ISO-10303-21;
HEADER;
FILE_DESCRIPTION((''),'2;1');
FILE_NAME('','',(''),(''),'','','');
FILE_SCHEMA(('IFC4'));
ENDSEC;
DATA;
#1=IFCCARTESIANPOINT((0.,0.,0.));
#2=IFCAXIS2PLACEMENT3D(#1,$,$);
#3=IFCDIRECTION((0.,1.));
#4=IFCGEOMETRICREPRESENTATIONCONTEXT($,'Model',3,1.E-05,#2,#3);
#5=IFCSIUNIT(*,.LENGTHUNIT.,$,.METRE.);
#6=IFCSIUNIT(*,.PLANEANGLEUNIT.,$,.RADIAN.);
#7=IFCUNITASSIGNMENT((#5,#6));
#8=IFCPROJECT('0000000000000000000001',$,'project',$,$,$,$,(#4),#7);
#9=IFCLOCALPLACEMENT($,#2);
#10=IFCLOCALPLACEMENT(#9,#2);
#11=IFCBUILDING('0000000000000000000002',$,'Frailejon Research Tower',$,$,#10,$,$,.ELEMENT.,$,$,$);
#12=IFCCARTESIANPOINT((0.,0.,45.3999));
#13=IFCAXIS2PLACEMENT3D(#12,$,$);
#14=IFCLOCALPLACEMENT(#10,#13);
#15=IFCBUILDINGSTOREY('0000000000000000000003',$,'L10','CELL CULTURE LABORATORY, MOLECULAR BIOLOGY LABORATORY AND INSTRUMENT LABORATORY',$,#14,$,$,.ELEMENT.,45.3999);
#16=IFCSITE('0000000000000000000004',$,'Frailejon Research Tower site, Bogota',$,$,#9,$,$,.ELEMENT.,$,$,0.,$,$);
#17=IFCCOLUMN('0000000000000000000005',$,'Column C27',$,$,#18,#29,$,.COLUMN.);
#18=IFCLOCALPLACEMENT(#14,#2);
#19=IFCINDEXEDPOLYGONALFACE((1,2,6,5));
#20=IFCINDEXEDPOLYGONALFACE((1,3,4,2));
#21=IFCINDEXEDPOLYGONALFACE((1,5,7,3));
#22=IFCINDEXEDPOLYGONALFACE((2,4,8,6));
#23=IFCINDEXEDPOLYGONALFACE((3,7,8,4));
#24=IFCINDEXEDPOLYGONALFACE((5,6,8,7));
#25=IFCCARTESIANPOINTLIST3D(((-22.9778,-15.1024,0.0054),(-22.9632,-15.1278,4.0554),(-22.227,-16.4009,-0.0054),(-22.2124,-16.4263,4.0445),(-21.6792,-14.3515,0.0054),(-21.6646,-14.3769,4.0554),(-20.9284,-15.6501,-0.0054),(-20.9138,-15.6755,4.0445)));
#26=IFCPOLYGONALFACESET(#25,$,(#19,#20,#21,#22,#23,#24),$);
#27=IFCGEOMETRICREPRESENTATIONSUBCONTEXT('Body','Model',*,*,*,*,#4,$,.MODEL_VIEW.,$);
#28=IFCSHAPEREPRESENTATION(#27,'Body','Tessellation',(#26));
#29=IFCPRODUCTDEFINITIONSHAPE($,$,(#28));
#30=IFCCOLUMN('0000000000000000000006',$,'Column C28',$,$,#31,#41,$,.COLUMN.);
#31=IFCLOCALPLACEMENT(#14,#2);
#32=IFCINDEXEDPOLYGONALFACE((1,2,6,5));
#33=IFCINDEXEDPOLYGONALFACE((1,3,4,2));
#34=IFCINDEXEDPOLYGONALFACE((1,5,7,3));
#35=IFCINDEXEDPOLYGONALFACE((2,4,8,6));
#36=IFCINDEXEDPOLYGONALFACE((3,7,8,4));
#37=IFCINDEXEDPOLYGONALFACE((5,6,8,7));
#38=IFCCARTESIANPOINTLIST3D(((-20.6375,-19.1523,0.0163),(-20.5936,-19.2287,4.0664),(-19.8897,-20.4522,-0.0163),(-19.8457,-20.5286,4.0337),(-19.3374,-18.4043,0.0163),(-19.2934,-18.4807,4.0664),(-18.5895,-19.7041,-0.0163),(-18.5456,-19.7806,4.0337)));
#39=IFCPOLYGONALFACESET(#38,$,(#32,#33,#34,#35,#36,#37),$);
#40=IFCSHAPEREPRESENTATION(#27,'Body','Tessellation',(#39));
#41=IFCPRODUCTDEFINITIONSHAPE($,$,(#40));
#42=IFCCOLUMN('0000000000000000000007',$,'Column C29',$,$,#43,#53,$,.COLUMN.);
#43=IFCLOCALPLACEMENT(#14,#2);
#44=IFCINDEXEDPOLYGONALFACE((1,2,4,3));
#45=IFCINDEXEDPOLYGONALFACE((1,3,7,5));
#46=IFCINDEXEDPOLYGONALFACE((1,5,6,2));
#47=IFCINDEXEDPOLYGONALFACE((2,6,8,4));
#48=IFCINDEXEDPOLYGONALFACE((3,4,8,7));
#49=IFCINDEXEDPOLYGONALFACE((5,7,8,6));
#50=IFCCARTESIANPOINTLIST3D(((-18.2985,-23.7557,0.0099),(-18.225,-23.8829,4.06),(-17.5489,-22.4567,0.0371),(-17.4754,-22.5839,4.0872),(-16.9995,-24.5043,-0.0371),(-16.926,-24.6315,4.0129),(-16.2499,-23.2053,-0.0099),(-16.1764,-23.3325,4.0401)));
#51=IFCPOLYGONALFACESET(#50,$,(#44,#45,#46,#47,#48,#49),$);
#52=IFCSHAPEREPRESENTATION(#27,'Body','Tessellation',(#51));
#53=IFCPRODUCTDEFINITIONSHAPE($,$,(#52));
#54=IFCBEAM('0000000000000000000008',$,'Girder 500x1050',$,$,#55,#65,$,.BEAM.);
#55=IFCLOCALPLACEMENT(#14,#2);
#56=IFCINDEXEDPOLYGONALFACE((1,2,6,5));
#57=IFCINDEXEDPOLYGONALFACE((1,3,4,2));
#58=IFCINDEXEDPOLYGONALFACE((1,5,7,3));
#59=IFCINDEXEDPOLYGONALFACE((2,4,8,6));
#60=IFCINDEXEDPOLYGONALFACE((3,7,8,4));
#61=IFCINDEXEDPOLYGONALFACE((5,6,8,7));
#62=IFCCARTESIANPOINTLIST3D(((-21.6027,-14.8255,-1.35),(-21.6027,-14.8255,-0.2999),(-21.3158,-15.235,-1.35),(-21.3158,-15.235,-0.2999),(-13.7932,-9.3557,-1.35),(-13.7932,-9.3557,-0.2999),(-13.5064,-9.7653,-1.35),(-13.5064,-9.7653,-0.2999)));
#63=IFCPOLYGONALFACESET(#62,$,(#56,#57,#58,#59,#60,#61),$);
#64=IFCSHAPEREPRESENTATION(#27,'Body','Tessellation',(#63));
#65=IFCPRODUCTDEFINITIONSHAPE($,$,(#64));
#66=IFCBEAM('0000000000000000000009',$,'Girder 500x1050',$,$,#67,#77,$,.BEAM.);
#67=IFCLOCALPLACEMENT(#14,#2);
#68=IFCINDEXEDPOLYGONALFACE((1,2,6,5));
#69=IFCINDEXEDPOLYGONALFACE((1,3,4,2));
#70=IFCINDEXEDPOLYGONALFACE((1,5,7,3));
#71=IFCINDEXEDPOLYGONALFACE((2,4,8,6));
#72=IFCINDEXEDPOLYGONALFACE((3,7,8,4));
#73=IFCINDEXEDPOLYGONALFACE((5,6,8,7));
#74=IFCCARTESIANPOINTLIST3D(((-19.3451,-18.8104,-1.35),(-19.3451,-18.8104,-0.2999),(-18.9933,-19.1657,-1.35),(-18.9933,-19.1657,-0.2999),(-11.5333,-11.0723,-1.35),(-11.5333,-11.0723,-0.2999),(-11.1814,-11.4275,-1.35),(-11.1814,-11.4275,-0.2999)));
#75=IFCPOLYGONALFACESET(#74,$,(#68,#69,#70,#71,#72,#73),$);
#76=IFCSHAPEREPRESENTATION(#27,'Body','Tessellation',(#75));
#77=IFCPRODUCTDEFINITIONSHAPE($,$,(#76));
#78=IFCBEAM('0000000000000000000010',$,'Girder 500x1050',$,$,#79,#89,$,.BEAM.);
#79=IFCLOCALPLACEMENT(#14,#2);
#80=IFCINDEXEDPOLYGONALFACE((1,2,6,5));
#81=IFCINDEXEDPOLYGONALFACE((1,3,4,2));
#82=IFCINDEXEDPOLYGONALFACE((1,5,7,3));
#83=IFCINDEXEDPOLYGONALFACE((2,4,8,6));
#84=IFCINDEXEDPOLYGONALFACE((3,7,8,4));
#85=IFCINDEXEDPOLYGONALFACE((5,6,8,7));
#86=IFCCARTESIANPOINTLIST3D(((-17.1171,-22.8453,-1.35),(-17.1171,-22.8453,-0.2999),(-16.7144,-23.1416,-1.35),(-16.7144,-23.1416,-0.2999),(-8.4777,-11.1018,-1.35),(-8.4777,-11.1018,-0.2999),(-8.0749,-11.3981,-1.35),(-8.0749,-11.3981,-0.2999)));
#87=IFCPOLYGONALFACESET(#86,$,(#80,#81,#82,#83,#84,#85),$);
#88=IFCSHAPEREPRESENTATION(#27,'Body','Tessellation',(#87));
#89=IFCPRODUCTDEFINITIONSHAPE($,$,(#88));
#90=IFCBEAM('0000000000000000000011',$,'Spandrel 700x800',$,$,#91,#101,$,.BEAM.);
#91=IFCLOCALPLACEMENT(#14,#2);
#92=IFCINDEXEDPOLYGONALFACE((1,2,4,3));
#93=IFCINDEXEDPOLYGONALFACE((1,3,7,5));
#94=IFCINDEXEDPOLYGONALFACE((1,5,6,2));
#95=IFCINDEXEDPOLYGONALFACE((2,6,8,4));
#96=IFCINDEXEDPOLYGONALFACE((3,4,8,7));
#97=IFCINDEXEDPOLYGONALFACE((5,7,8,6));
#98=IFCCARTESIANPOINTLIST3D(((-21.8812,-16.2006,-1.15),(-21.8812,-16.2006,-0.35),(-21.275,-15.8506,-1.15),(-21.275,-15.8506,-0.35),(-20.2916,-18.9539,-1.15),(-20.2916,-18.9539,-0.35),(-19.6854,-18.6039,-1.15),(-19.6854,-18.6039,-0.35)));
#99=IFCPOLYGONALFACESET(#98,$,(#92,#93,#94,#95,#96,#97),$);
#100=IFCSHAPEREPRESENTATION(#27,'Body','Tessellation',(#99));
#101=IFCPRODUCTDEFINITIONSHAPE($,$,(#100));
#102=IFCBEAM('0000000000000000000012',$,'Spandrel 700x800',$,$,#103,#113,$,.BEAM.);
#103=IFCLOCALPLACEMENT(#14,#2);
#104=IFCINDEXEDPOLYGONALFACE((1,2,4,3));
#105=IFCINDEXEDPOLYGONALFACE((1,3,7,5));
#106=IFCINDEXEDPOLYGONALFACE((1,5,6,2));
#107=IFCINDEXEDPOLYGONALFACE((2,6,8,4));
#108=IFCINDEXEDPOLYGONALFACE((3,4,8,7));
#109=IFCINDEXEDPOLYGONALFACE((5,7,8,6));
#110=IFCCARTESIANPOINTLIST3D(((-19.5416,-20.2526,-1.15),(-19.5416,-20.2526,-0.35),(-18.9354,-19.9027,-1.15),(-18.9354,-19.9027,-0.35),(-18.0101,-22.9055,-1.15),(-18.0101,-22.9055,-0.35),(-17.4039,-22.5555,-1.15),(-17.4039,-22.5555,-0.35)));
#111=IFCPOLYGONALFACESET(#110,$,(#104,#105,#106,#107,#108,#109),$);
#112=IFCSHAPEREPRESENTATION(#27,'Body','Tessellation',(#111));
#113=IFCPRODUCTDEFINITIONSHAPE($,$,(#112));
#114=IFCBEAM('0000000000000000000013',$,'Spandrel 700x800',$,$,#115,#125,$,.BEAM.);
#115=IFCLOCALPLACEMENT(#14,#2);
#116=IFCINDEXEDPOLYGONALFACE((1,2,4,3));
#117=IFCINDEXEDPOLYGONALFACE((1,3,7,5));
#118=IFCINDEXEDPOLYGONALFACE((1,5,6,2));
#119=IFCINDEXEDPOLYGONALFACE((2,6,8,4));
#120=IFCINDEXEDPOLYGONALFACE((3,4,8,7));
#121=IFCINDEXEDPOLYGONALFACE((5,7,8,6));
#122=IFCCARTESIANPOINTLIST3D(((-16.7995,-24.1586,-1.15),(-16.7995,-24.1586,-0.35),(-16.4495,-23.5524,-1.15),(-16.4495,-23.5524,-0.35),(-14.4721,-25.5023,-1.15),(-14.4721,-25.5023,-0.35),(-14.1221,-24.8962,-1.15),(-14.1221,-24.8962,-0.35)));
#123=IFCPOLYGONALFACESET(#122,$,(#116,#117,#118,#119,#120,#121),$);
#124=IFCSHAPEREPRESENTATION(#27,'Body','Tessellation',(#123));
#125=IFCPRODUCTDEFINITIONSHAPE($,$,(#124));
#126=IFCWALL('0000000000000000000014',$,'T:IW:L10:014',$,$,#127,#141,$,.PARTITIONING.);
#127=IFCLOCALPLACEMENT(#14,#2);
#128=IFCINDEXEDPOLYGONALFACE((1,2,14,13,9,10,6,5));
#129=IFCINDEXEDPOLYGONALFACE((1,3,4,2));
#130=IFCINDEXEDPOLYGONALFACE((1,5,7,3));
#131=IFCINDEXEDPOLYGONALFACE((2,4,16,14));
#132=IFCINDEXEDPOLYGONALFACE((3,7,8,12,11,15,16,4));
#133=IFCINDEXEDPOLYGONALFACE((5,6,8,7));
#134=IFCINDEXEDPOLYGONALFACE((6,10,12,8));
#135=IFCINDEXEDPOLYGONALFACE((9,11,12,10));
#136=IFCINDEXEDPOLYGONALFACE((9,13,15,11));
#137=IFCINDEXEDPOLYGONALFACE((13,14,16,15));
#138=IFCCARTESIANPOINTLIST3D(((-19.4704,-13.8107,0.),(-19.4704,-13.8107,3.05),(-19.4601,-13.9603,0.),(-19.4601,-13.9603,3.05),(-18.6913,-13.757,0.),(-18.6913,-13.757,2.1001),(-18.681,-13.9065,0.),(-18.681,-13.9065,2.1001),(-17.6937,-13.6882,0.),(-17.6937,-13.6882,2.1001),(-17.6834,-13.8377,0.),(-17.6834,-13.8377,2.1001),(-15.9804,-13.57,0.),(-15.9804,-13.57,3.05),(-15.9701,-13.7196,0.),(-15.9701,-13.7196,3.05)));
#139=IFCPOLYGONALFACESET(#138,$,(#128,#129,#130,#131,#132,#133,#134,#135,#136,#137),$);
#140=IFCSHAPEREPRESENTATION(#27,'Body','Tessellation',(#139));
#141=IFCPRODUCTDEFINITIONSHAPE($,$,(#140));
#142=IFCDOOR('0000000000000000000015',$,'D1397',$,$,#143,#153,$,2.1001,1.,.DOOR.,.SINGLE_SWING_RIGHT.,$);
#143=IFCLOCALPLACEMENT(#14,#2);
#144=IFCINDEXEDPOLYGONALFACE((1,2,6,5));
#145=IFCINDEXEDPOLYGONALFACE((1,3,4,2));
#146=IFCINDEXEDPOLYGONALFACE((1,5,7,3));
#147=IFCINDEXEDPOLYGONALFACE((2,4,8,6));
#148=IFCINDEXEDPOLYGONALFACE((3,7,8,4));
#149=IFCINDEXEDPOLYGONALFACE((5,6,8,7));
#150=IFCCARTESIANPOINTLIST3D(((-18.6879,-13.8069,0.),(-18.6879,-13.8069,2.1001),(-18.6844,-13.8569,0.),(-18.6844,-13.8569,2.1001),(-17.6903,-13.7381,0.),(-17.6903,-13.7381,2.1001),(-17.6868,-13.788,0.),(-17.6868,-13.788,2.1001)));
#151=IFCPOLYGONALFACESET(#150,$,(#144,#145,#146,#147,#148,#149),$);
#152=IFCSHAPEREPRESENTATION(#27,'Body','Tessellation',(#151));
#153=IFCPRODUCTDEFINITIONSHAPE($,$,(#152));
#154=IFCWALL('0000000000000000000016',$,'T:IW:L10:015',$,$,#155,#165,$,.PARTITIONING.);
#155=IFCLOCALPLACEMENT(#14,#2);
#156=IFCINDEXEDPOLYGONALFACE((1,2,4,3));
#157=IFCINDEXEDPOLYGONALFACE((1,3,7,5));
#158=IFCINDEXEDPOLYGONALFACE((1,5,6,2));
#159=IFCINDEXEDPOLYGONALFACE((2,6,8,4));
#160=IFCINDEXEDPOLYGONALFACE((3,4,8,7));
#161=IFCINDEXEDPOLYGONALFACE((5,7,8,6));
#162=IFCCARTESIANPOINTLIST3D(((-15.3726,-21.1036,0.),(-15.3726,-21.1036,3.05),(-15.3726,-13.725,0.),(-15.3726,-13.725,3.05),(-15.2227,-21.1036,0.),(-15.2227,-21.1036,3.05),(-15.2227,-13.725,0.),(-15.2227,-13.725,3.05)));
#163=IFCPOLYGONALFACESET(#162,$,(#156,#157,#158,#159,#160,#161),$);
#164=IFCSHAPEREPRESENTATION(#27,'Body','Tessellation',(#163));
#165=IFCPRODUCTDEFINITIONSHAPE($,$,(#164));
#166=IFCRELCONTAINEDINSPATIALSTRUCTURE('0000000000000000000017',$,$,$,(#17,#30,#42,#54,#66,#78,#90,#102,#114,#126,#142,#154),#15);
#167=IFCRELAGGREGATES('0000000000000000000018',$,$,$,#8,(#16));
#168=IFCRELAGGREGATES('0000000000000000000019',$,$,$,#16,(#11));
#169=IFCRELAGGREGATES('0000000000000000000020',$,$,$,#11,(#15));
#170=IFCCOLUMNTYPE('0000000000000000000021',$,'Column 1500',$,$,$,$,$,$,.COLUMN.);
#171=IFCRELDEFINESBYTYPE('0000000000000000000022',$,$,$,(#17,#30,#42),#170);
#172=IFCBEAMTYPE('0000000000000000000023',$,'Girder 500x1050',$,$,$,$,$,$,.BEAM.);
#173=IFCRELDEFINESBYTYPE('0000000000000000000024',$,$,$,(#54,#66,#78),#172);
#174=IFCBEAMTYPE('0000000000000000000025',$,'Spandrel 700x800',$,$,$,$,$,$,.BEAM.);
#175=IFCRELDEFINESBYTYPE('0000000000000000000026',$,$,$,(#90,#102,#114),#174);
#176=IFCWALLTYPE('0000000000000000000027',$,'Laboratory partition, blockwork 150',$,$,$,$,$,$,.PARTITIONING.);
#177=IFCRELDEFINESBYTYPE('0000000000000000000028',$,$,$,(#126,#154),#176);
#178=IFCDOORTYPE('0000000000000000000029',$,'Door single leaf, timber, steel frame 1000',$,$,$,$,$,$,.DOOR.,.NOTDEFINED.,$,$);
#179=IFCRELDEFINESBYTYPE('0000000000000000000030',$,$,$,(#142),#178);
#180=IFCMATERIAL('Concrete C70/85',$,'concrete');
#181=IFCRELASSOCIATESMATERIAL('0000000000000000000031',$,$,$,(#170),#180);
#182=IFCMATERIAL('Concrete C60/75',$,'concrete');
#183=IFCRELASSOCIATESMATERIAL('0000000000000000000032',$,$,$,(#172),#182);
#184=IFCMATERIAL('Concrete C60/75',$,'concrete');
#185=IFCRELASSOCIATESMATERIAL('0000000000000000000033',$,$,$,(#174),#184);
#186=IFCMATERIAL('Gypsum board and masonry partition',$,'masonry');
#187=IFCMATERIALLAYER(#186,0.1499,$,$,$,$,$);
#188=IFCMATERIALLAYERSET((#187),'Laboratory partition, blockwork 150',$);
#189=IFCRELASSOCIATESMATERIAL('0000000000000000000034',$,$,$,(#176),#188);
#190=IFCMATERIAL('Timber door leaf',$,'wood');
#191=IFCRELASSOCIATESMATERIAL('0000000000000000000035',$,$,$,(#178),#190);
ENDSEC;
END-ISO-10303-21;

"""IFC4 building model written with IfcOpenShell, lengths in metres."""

from ifc_helpers import new_model, si_unit, direction, frame, frame_2d, origin, origin_2d, place, context, subcontext, project, spatial, rectangle, extrude, material, layer, layer_set, material_profile, profile_set, type_object, element, fill, save


model = new_model("IFC4")

# Units and contexts
model_context = context("Model", 3, precision=1e-05, world=origin(), true_north=direction((0.0, 1.0)))
body_context = subcontext(model_context, "Body", "Model", "MODEL_VIEW")
ifc_project = project(units=[si_unit("LENGTHUNIT", "METRE"), si_unit("PLANEANGLEUNIT", "RADIAN")], contexts=[model_context])

# Site, building, storey
site_placement = place(None, origin())
site = spatial("IfcSite", under=ifc_project, at=site_placement, Name="Frailejon Research Tower site, Bogota", CompositionType="ELEMENT", RefElevation=0.0)
building_placement = place(site_placement, origin())
building = spatial("IfcBuilding", under=site, at=building_placement, Name="Frailejon Research Tower", CompositionType="ELEMENT")
storey_placement = place(building_placement, frame((0.0, 0.0, 45.3999)))
storey = spatial("IfcBuildingStorey", under=building, at=storey_placement, Name="L10", Description="CELL CULTURE LABORATORY, MOLECULAR BIOLOGY LABORATORY AND INSTRUMENT LABORATORY", CompositionType="ELEMENT", Elevation=45.3999)

# Columns
ifc_material_1 = material(Name="Concrete C70/85", Category="concrete")
ifc_material_profile_1 = material_profile(ifc_material_1, rectangle(XDim=1.5, YDim=1.5, at=origin_2d()), Name="Column 1500")
ifc_profile_set_1 = profile_set([ifc_material_profile_1], Name="Concrete C70/85")
column_type = type_object("IfcColumnType", Name="Column 1500", PredefinedType="COLUMN", material=ifc_profile_set_1)
column_1_placement = place(storey_placement, frame((-21.9531, -15.3762, 0.0), z_axis=(0.003617, -0.006269, 0.999974), x_axis=(0.50053, -0.865689, -0.007238)))
element("IfcColumn", 1, at=column_1_placement, inside=storey, type_object=column_type, Name="Column C27", PredefinedType="COLUMN", context=body_context, shape_type="SweptSolid", body=[
    extrude(rectangle(XDim=1.5, YDim=1.5, at=origin_2d()), origin(), (0.0, 0.0, 1.0), 4.05),
])
column_2_placement = place(storey_placement, frame((-19.6135, -19.4282, 0.0), z_axis=(0.010848, -0.018863, 0.999763), x_axis=(0.498562, -0.866581, -0.02176)))
element("IfcColumn", 2, at=column_2_placement, inside=storey, type_object=column_type, Name="Column C28", PredefinedType="COLUMN", context=body_context, shape_type="SweptSolid", body=[
    extrude(rectangle(XDim=1.5, YDim=1.5, at=origin_2d()), origin(), (0.0, 0.0, 1.0), 4.051),
])
column_3_placement = place(storey_placement, frame((-17.2742, -23.4805, 0.0), z_axis=(0.018133, -0.031386, 0.999343), x_axis=(0.865999, -0.499059, -0.031387)))
element("IfcColumn", 3, at=column_3_placement, inside=storey, type_object=column_type, Name="Column C29", PredefinedType="COLUMN", context=body_context, shape_type="SweptSolid", body=[
    extrude(rectangle(XDim=1.5, YDim=1.5, at=origin_2d()), origin(), (0.0, 0.0, 1.0), 4.0527),
])

# Beams
ifc_material_2 = material(Name="Concrete C60/75", Category="concrete")
ifc_material_profile_2 = material_profile(ifc_material_2, rectangle(XDim=0.5, YDim=1.05, at=origin_2d()), Name="Girder 500x1050")
ifc_profile_set_2 = profile_set([ifc_material_profile_2], Name="Concrete C60/75")
beam_type_1 = type_object("IfcBeamType", Name="Girder 500x1050", PredefinedType="BEAM", material=ifc_profile_set_2)
beam_1_placement = place(storey_placement, frame((-21.4592, -15.0303, -0.825), z_axis=(0.819074, 0.573687, 0.0), x_axis=(-0.573687, 0.819074, 0.0)))
element("IfcBeam", 4, at=beam_1_placement, inside=storey, type_object=beam_type_1, Name="Girder 500x1050", PredefinedType="BEAM", context=body_context, shape_type="SweptSolid", body=[
    extrude(rectangle(XDim=0.5, YDim=1.05, at=origin_2d()), origin(), (0.0, 0.0, 1.0), 9.5344),
])
beam_2_placement = place(storey_placement, frame((-19.1692, -18.988, -0.825), z_axis=(0.710452, 0.703746, 0.0), x_axis=(-0.703746, 0.710452, 0.0)))
element("IfcBeam", 5, at=beam_2_placement, inside=storey, type_object=beam_type_1, Name="Girder 500x1050", PredefinedType="BEAM", context=body_context, shape_type="SweptSolid", body=[
    extrude(rectangle(XDim=0.5, YDim=1.05, at=origin_2d()), origin(), (0.0, 0.0, 1.0), 10.9956),
])
beam_3_placement = place(storey_placement, frame((-16.9158, -22.9934, -0.825), z_axis=(0.592593, 0.805502, 0.0), x_axis=(-0.805502, 0.592593, 0.0)))
element("IfcBeam", 6, at=beam_3_placement, inside=storey, type_object=beam_type_1, Name="Girder 500x1050", PredefinedType="BEAM", context=body_context, shape_type="SweptSolid", body=[
    extrude(rectangle(XDim=0.5, YDim=1.05, at=origin_2d()), origin(), (0.0, 0.0, 1.0), 14.5791),
])
ifc_material_3 = material(Name="Concrete C60/75", Category="concrete")
ifc_material_profile_3 = material_profile(ifc_material_3, rectangle(XDim=0.7, YDim=0.8, at=origin_2d()), Name="Spandrel 700x800")
ifc_profile_set_3 = profile_set([ifc_material_profile_3], Name="Concrete C60/75")
beam_type_2 = type_object("IfcBeamType", Name="Spandrel 700x800", PredefinedType="BEAM", material=ifc_profile_set_3)
beam_4_placement = place(storey_placement, frame((-21.5781, -16.0256, -0.75), z_axis=(0.500013, -0.866018, 0.0), x_axis=(0.866018, 0.500013, 0.0)))
element("IfcBeam", 7, at=beam_4_placement, inside=storey, type_object=beam_type_2, Name="Spandrel 700x800", PredefinedType="BEAM", context=body_context, shape_type="SweptSolid", body=[
    extrude(rectangle(XDim=0.7, YDim=0.8, at=origin_2d()), origin(), (0.0, 0.0, 1.0), 3.1792),
])
beam_5_placement = place(storey_placement, frame((-19.2385, -20.0776, -0.75), z_axis=(0.499971, -0.866042, 0.0), x_axis=(0.866042, 0.499971, 0.0)))
element("IfcBeam", 8, at=beam_5_placement, inside=storey, type_object=beam_type_2, Name="Spandrel 700x800", PredefinedType="BEAM", context=body_context, shape_type="SweptSolid", body=[
    extrude(rectangle(XDim=0.7, YDim=0.8, at=origin_2d()), origin(), (0.0, 0.0, 1.0), 3.0632),
])
beam_6_placement = place(storey_placement, frame((-16.6245, -23.8555, -0.75), z_axis=(0.866021, -0.500008, 0.0), x_axis=(0.500008, 0.866021, 0.0)))
element("IfcBeam", 9, at=beam_6_placement, inside=storey, type_object=beam_type_2, Name="Spandrel 700x800", PredefinedType="BEAM", context=body_context, shape_type="SweptSolid", body=[
    extrude(rectangle(XDim=0.7, YDim=0.8, at=origin_2d()), origin(), (0.0, 0.0, 1.0), 2.6875),
])

# Wall, opening, door
ifc_material_4 = material(Name="Gypsum board and masonry partition", Category="masonry")
ifc_layer_1 = layer(ifc_material_4, 0.1499)
ifc_layer_set_1 = layer_set([ifc_layer_1], Name="Laboratory partition, blockwork 150")
wall_type_1 = type_object("IfcWallType", Name="Laboratory partition, blockwork 150", PredefinedType="PARTITIONING", material=ifc_layer_set_1)
wall_1_placement = place(storey_placement, frame((-19.4651, -13.8855, 0.0), z_axis=(0.0, 0.0, 1.0), x_axis=(0.99763, 0.068812, 0.0)))
wall_1 = element("IfcWall", 10, at=wall_1_placement, inside=storey, type_object=wall_type_1, Name="T:IW:L10:014", PredefinedType="PARTITIONING", context=body_context, shape_type="SweptSolid", body=[
    extrude(rectangle(XDim=3.4983, YDim=0.1499, at=frame_2d((1.749, 0.0))), origin(), (0.0, 0.0, 1.0), 3.05),
])
opening_1_placement = place(wall_1_placement, frame((0.7808, 0.0, 0.0)))
opening_1 = element("IfcOpeningElement", 11, at=opening_1_placement, cuts=wall_1, PredefinedType="OPENING", context=body_context, shape_type="SweptSolid", body=[
    extrude(rectangle(XDim=1.0, YDim=2.1001, at=frame_2d((0.5, 1.05))), frame((0.0, 0.085, 0.0), z_axis=(0.0, -1.0, 0.0), x_axis=(1.0, 0.0, 0.0)), (0.0, 0.0, 1.0), 0.1699),
])
ifc_material_5 = material(Name="Timber door leaf", Category="wood")
door_type = type_object("IfcDoorType", Name="Door single leaf, timber, steel frame 1000", OperationType="NOTDEFINED", PredefinedType="DOOR", material=ifc_material_5)
door_placement = place(opening_1_placement, origin())
door = element("IfcDoor", 12, at=door_placement, inside=storey, type_object=door_type, Name="D1397", OperationType="SINGLE_SWING_RIGHT", OverallHeight=2.1001, OverallWidth=1.0, PredefinedType="DOOR", context=body_context, shape_type="SweptSolid", body=[
    extrude(rectangle(XDim=1.0, YDim=2.1001, at=frame_2d((0.5, 1.05))), frame((0.0, 0.0249, 0.0), z_axis=(0.0, -1.0, 0.0), x_axis=(1.0, 0.0, 0.0)), (0.0, 0.0, 1.0), 0.05),
])
fill(opening_1, door)

# Wall
wall_2_placement = place(storey_placement, frame((-15.2976, -21.1038, 0.0), z_axis=(0.0, 0.0, 1.0), x_axis=(0.0, 1.0, 0.0)))
element("IfcWall", 13, at=wall_2_placement, inside=storey, type_object=wall_type_1, Name="T:IW:L10:015", PredefinedType="PARTITIONING", context=body_context, shape_type="SweptSolid", body=[
    extrude(rectangle(XDim=7.3787, YDim=0.1499, at=frame_2d((3.6895, 0.0))), origin(), (0.0, 0.0, 1.0), 3.05),
])

save(model, "model.ifc")
